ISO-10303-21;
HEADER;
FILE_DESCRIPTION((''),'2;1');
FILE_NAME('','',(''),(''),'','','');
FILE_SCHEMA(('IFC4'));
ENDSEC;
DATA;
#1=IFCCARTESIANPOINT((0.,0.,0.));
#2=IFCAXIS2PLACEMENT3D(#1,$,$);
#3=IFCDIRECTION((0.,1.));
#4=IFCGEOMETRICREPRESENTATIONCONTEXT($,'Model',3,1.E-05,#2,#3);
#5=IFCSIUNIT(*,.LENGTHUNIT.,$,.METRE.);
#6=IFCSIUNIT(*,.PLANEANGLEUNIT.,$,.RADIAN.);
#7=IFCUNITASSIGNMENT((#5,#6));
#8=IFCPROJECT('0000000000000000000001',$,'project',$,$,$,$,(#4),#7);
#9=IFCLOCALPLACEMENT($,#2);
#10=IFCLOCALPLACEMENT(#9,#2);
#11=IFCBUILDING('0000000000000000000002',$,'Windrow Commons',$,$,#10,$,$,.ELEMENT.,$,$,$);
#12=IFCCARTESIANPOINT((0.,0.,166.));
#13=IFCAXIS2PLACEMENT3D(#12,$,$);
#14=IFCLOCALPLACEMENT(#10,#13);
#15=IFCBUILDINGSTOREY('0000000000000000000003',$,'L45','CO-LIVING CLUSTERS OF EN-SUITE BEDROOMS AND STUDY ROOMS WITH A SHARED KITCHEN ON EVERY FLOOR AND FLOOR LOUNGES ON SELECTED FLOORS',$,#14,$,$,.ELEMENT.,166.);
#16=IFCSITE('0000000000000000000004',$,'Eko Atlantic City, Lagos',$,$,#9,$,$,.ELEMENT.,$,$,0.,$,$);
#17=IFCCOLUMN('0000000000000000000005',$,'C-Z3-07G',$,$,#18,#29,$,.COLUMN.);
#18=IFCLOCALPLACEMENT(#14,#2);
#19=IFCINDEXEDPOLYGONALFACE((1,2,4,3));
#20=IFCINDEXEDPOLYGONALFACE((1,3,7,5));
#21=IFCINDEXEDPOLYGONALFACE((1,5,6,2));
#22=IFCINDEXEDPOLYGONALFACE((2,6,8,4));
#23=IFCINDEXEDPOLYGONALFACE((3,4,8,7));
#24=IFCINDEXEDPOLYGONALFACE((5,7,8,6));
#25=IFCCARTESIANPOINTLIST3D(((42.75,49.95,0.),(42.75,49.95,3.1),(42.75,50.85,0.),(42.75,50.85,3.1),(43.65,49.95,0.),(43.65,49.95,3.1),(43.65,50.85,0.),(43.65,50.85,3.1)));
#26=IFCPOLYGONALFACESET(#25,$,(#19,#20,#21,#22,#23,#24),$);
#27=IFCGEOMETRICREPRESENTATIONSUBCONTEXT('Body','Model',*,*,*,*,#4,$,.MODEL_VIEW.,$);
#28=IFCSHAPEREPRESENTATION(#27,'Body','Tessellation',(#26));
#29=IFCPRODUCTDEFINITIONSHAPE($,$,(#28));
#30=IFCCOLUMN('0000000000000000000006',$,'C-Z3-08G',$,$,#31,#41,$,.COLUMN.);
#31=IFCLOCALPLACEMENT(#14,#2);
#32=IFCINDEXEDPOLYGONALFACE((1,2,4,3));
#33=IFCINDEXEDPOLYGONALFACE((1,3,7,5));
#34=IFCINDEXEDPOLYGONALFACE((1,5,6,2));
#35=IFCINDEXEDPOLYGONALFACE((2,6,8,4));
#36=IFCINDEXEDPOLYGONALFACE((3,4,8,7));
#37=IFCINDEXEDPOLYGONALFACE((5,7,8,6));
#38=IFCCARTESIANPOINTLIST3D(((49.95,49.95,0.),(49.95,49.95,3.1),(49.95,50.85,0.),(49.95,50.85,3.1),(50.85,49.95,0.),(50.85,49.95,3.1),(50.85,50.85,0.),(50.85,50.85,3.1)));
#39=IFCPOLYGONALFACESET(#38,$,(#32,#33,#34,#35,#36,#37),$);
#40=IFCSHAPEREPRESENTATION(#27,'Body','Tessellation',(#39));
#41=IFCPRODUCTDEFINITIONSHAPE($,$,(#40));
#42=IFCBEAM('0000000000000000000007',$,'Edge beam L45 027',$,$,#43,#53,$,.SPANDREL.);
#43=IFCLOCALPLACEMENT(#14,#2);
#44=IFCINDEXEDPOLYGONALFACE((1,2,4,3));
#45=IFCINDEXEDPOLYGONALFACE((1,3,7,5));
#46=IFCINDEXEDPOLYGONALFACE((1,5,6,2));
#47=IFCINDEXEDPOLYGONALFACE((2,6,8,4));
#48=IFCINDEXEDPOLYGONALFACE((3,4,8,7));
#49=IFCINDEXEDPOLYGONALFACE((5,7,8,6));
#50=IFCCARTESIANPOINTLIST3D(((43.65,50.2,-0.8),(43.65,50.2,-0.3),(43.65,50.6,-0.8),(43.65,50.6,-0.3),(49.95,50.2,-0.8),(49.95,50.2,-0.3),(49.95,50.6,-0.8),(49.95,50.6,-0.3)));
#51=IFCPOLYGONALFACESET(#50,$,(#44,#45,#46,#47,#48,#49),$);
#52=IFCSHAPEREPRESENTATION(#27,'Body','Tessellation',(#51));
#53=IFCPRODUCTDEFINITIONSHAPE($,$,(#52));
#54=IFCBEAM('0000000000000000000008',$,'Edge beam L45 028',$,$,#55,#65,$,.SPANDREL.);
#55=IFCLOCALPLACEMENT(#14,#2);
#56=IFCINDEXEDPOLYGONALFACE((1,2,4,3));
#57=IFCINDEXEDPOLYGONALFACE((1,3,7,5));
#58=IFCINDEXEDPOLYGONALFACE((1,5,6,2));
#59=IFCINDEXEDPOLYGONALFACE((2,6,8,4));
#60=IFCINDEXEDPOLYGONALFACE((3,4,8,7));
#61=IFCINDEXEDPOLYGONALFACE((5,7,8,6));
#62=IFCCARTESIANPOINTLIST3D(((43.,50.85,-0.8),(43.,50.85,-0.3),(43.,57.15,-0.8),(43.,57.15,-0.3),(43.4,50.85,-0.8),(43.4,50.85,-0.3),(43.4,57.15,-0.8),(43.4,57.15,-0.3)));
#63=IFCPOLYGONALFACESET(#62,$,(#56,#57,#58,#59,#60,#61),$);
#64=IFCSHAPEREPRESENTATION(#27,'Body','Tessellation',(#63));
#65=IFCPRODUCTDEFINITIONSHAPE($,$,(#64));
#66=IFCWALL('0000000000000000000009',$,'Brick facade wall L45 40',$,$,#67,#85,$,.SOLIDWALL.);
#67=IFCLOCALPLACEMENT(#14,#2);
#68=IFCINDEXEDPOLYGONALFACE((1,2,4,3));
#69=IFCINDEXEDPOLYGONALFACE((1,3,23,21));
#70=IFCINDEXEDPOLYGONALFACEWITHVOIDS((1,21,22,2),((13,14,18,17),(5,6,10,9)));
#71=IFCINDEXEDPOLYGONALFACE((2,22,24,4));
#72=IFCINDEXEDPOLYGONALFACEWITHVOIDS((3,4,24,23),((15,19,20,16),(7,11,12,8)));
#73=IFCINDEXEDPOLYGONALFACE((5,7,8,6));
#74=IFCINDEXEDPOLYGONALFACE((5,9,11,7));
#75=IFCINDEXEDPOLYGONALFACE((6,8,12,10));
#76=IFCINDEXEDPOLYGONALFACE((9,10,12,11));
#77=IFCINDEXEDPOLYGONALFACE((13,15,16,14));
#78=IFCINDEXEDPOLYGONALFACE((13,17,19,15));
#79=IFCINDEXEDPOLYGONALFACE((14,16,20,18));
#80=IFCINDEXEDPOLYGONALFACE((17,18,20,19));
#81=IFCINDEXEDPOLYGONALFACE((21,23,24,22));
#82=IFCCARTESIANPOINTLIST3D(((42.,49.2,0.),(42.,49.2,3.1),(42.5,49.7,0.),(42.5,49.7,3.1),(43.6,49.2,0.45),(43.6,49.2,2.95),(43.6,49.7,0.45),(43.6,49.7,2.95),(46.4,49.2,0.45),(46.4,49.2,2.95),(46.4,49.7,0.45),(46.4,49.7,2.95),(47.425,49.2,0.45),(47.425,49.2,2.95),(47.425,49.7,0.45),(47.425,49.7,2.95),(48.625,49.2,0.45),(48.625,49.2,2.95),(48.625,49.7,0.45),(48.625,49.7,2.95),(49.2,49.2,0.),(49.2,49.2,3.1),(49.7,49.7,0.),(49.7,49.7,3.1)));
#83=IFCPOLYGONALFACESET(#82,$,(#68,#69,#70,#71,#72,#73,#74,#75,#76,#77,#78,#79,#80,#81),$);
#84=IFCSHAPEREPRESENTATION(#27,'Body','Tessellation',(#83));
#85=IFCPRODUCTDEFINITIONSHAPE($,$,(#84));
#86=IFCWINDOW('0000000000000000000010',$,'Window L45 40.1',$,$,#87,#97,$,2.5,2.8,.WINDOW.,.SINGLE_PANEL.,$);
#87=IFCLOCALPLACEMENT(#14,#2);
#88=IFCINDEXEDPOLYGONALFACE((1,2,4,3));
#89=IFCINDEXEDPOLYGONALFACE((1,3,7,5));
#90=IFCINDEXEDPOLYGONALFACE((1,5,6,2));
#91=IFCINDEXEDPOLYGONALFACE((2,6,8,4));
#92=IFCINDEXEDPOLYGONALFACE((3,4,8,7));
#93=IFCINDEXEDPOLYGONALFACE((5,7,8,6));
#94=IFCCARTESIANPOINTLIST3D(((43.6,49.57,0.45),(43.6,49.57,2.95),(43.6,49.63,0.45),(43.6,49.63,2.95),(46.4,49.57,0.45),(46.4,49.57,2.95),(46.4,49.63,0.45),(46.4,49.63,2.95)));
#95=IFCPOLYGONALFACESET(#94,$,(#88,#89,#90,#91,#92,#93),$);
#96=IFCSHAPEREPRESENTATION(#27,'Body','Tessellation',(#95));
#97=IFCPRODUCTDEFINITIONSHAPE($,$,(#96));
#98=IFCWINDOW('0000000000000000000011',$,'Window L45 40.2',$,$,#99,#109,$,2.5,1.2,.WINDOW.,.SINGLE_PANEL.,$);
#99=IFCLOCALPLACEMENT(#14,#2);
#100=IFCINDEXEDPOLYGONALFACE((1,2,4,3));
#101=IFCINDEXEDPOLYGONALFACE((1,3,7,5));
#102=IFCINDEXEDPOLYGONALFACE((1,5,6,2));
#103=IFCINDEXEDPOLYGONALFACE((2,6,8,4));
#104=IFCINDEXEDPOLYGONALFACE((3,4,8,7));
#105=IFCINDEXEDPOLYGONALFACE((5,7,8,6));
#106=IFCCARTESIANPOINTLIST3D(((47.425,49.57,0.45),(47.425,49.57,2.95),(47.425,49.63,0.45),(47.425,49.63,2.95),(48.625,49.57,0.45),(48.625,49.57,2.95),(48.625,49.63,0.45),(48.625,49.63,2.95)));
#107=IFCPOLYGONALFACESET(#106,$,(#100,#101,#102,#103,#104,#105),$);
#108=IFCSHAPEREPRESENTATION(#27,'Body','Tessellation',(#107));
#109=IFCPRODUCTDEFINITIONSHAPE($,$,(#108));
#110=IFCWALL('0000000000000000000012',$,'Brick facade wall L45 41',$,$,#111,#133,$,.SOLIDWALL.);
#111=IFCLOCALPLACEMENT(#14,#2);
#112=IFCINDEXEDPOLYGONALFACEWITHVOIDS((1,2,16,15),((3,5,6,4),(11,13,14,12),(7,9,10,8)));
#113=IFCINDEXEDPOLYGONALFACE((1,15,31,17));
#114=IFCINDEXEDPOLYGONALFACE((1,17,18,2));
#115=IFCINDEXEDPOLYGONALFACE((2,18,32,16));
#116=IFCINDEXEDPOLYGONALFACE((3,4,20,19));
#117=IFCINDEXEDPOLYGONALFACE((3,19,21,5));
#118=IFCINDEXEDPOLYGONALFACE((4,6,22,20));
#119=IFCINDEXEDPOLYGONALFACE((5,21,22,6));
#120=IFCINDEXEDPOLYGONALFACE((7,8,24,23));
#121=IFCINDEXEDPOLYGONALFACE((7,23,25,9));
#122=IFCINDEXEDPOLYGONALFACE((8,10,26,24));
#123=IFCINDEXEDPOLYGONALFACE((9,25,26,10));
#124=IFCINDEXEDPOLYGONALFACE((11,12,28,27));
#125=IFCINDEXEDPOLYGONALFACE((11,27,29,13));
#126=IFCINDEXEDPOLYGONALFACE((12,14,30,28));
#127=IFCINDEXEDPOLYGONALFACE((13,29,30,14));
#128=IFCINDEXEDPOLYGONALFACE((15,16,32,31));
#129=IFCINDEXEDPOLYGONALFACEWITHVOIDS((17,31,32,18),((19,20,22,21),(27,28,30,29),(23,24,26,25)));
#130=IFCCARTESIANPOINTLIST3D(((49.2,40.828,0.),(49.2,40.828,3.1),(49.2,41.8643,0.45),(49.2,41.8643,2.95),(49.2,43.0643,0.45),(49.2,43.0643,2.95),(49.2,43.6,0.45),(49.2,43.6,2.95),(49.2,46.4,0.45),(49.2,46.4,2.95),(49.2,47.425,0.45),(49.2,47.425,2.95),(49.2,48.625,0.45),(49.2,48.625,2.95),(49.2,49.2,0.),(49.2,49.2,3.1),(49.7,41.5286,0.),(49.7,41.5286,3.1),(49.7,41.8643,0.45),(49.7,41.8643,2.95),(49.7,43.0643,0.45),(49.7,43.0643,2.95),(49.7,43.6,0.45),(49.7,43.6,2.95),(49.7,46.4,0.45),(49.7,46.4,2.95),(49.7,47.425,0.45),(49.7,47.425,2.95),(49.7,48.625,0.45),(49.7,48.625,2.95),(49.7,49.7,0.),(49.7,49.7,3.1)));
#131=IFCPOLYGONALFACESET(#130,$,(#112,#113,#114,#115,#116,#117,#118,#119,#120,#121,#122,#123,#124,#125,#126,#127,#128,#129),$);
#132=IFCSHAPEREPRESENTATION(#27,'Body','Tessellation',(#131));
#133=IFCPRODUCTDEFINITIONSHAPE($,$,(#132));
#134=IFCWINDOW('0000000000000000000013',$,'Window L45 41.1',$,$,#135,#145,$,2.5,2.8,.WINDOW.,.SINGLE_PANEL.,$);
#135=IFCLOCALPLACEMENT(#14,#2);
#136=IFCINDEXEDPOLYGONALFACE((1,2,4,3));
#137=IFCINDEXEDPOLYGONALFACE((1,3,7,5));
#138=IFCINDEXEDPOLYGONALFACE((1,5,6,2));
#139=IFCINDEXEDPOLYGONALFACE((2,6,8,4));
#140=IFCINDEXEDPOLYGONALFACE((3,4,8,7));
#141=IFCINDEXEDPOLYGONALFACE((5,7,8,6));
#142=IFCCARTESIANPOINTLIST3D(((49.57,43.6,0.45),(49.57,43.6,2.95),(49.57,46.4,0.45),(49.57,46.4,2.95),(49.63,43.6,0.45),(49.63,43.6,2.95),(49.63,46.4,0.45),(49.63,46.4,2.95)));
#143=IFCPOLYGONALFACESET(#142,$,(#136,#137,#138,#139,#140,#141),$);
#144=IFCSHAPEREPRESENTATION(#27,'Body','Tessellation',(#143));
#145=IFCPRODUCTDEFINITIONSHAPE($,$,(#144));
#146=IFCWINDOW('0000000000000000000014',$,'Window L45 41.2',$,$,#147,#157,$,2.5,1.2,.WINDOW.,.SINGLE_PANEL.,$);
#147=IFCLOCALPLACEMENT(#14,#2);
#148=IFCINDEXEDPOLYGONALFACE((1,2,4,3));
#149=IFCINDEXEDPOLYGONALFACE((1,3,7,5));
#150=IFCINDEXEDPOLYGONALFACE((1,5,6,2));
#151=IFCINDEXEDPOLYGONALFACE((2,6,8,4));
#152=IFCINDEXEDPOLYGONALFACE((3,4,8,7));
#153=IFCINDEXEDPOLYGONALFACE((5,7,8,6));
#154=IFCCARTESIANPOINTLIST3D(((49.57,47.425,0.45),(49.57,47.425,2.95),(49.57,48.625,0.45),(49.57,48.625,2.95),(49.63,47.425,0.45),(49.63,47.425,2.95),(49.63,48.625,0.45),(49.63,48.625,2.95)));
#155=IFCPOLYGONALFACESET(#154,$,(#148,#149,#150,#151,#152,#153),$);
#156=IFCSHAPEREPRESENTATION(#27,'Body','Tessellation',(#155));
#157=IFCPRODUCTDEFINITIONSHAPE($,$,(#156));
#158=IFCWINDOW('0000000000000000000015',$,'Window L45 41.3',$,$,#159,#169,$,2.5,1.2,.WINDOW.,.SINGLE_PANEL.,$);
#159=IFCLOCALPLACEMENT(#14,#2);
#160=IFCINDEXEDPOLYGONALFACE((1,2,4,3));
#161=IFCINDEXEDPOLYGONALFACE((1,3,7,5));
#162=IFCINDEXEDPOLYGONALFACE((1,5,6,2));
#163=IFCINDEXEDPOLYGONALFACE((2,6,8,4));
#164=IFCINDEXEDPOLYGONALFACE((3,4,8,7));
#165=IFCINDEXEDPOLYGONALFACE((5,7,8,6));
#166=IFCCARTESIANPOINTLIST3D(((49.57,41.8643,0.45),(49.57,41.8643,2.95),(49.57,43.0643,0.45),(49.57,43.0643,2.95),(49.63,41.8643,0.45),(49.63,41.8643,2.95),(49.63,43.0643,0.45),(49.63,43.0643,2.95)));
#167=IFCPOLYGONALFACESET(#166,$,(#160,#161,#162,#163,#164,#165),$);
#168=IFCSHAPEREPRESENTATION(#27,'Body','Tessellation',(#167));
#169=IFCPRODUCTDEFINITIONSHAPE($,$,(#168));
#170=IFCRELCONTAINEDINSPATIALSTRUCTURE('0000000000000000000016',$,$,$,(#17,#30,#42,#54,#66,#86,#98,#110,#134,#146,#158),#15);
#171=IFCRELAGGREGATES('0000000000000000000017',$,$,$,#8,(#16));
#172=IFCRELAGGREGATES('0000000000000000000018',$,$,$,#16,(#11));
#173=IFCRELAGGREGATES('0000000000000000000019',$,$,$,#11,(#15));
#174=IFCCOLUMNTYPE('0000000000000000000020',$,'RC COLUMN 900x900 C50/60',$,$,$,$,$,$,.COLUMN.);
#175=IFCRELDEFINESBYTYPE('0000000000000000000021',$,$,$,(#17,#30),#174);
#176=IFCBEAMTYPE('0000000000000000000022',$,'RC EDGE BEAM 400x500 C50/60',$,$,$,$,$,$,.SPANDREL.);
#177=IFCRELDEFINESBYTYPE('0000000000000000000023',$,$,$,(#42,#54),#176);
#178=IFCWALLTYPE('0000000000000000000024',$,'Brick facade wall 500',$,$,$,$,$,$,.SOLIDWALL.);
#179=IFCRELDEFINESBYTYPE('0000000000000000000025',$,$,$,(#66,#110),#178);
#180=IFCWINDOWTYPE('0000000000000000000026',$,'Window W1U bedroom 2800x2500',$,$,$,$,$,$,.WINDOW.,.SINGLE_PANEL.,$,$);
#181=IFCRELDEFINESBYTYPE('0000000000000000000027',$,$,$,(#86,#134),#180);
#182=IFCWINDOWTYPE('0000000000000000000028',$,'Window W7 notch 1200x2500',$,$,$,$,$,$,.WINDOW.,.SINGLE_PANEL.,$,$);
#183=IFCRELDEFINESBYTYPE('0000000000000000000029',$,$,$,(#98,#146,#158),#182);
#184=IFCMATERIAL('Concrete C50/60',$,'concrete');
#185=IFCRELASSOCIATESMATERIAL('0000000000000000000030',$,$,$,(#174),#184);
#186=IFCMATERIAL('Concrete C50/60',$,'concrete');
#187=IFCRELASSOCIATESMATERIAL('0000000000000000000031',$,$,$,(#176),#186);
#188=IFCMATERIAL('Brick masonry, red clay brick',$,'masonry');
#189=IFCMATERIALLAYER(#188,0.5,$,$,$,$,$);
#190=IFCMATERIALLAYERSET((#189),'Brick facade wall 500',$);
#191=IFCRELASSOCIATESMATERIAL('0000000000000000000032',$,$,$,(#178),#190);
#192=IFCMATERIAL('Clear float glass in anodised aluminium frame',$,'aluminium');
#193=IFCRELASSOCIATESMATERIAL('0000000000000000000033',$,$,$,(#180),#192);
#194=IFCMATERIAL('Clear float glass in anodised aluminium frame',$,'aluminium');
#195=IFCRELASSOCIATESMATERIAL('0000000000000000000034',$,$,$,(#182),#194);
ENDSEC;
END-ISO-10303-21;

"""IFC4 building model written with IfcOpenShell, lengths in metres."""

from ifc_helpers import new_model, si_unit, direction, frame, frame_2d, origin, origin_2d, place, context, subcontext, project, spatial, polyline, rectangle, outline, extrude, material, layer, layer_set, material_profile, profile_set, type_object, element, fill, save


model = new_model("IFC4")

# Units and contexts
model_context = context("Model", 3, precision=1e-05, world=origin(), true_north=direction((0.0, 1.0)))
body_context = subcontext(model_context, "Body", "Model", "MODEL_VIEW")
ifc_project = project(units=[si_unit("LENGTHUNIT", "METRE"), si_unit("PLANEANGLEUNIT", "RADIAN")], contexts=[model_context])

# Site, building, storey
site_placement = place(None, origin())
site = spatial("IfcSite", under=ifc_project, at=site_placement, Name="Eko Atlantic City, Lagos", CompositionType="ELEMENT", RefElevation=0.0)
building_placement = place(site_placement, origin())
building = spatial("IfcBuilding", under=site, at=building_placement, Name="Windrow Commons", CompositionType="ELEMENT")
storey_placement = place(building_placement, frame((0.0, 0.0, 166.0)))
storey = spatial("IfcBuildingStorey", under=building, at=storey_placement, Name="L45", Description="CO-LIVING CLUSTERS OF EN-SUITE BEDROOMS AND STUDY ROOMS WITH A SHARED KITCHEN ON EVERY FLOOR AND FLOOR LOUNGES ON SELECTED FLOORS", CompositionType="ELEMENT", Elevation=166.0)

# Columns
ifc_material_1 = material(Name="Concrete C50/60", Category="concrete")
ifc_material_profile_1 = material_profile(ifc_material_1, rectangle(XDim=0.9, YDim=0.9, at=origin_2d()))
ifc_profile_set_1 = profile_set([ifc_material_profile_1], Name="Concrete C50/60")
column_type = type_object("IfcColumnType", Name="RC COLUMN 900x900 C50/60", PredefinedType="COLUMN", material=ifc_profile_set_1)
for number, where, z_axis, x_axis, name in (
    (1, (43.2, 50.4, 0.0), (0.0, 0.0, 1.0), (1.0, 0.0, 0.0), "C-Z3-07G"),
    (2, (50.4, 50.4, 0.0), (0.0, 0.0, 1.0), (1.0, 0.0, 0.0), "C-Z3-08G"),
):
    element("IfcColumn", number, at=place(storey_placement, frame(where, z_axis=z_axis, x_axis=x_axis)), inside=storey, type_object=column_type, Name=name, PredefinedType="COLUMN", context=body_context, shape_type="SweptSolid", body=[
        extrude(rectangle(XDim=0.9, YDim=0.9, at=origin_2d()), origin(), (0.0, 0.0, 1.0), 3.1),
    ])

# Beams
ifc_material_2 = material(Name="Concrete C50/60", Category="concrete")
ifc_material_profile_2 = material_profile(ifc_material_2, rectangle(XDim=0.4, YDim=0.5, at=origin_2d()))
ifc_profile_set_2 = profile_set([ifc_material_profile_2], Name="Concrete C50/60")
beam_type = type_object("IfcBeamType", Name="RC EDGE BEAM 400x500 C50/60", PredefinedType="SPANDREL", material=ifc_profile_set_2)
for number, where, z_axis, x_axis, name in (
    (3, (49.95, 50.4, -0.55), (-1.0, 0.0, 0.0), (0.0, -1.0, 0.0), "Edge beam L45 027"),
    (4, (43.2, 50.85, -0.55), (0.0, 1.0, 0.0), (-1.0, 0.0, 0.0), "Edge beam L45 028"),
):
    element("IfcBeam", number, at=place(storey_placement, frame(where, z_axis=z_axis, x_axis=x_axis)), inside=storey, type_object=beam_type, Name=name, PredefinedType="SPANDREL", context=body_context, shape_type="SweptSolid", body=[
        extrude(rectangle(XDim=0.4, YDim=0.5, at=origin_2d()), origin(), (0.0, 0.0, 1.0), 6.3),
    ])

# Walls, openings, windows
ifc_material_3 = material(Name="Brick masonry, red clay brick", Category="masonry")
ifc_layer_1 = layer(ifc_material_3, 0.5)
ifc_layer_set_1 = layer_set([ifc_layer_1], Name="Brick facade wall 500")
wall_type_1 = type_object("IfcWallType", Name="Brick facade wall 500", PredefinedType="SOLIDWALL", material=ifc_layer_set_1)
wall_1_placement = place(storey_placement, frame((42.25, 49.45, 0.0), z_axis=(0.0, 0.0, 1.0), x_axis=(1.0, 0.0, 0.0)))
wall_1 = element("IfcWall", 5, at=wall_1_placement, inside=storey, type_object=wall_type_1, Name="Brick facade wall L45 40", PredefinedType="SOLIDWALL", context=body_context, shape_type="SweptSolid", body=[
    extrude(outline(polyline([(-0.25, -0.25), (6.95, -0.25), (7.45, 0.25), (0.25, 0.25), (-0.25, -0.25)])), origin(), (0.0, 0.0, 1.0), 3.1),
])
opening_1_placement = place(wall_1_placement, frame((1.35, 0.0, 0.45)))
opening_1 = element("IfcOpeningElement", 6, at=opening_1_placement, cuts=wall_1, PredefinedType="OPENING", context=body_context, shape_type="SweptSolid", body=[
    extrude(rectangle(XDim=2.8, YDim=2.5, at=frame_2d((1.4, 1.25))), frame((0.0, 0.26, 0.0), z_axis=(0.0, -1.0, 0.0), x_axis=(1.0, 0.0, 0.0)), (0.0, 0.0, 1.0), 0.52),
])
opening_2_placement = place(wall_1_placement, frame((5.175, 0.0, 0.45)))
opening_2 = element("IfcOpeningElement", 7, at=opening_2_placement, cuts=wall_1, PredefinedType="OPENING", context=body_context, shape_type="SweptSolid", body=[
    extrude(rectangle(XDim=1.2, YDim=2.5, at=frame_2d((0.6, 1.25))), frame((0.0, 0.26, 0.0), z_axis=(0.0, -1.0, 0.0), x_axis=(1.0, 0.0, 0.0)), (0.0, 0.0, 1.0), 0.52),
])
ifc_material_4 = material(Name="Clear float glass in anodised aluminium frame", Category="aluminium")
window_type_1 = type_object("IfcWindowType", Name="Window W1U bedroom 2800x2500", PartitioningType="SINGLE_PANEL", PredefinedType="WINDOW", material=ifc_material_4)
window_1_placement = place(opening_1_placement, origin())
window_1 = element("IfcWindow", 8, at=window_1_placement, inside=storey, type_object=window_type_1, Name="Window L45 40.1", OverallHeight=2.5, OverallWidth=2.8, PartitioningType="SINGLE_PANEL", PredefinedType="WINDOW", context=body_context, shape_type="SweptSolid", body=[
    extrude(rectangle(XDim=2.8, YDim=2.5, at=frame_2d((1.4, 1.25))), frame((0.0, 0.18, 0.0), z_axis=(0.0, -1.0, 0.0), x_axis=(1.0, 0.0, 0.0)), (0.0, 0.0, 1.0), 0.06),
])
fill(opening_1, window_1)
ifc_material_5 = material(Name="Clear float glass in anodised aluminium frame", Category="aluminium")
window_type_2 = type_object("IfcWindowType", Name="Window W7 notch 1200x2500", PartitioningType="SINGLE_PANEL", PredefinedType="WINDOW", material=ifc_material_5)
window_2_placement = place(opening_2_placement, origin())
window_2 = element("IfcWindow", 9, at=window_2_placement, inside=storey, type_object=window_type_2, Name="Window L45 40.2", OverallHeight=2.5, OverallWidth=1.2, PartitioningType="SINGLE_PANEL", PredefinedType="WINDOW", context=body_context, shape_type="SweptSolid", body=[
    extrude(rectangle(XDim=1.2, YDim=2.5, at=frame_2d((0.6, 1.25))), frame((0.0, 0.18, 0.0), z_axis=(0.0, -1.0, 0.0), x_axis=(1.0, 0.0, 0.0)), (0.0, 0.0, 1.0), 0.06),
])
fill(opening_2, window_2)
wall_2_placement = place(storey_placement, frame((49.45, 49.45, 0.0), z_axis=(0.0, 0.0, 1.0), x_axis=(0.0, -1.0, 0.0)))
wall_2 = element("IfcWall", 10, at=wall_2_placement, inside=storey, type_object=wall_type_1, Name="Brick facade wall L45 41", PredefinedType="SOLIDWALL", context=body_context, shape_type="SweptSolid", body=[
    extrude(outline(polyline([(0.25, -0.25), (8.622, -0.25), (7.9214, 0.25), (-0.25, 0.25), (0.25, -0.25)])), origin(), (0.0, 0.0, 1.0), 3.1),
])
opening_3_placement = place(wall_2_placement, frame((3.05, 0.0, 0.45)))
opening_3 = element("IfcOpeningElement", 11, at=opening_3_placement, cuts=wall_2, PredefinedType="OPENING", context=body_context, shape_type="SweptSolid", body=[
    extrude(rectangle(XDim=2.8, YDim=2.5, at=frame_2d((1.4, 1.25))), frame((0.0, 0.26, 0.0), z_axis=(0.0, -1.0, 0.0), x_axis=(1.0, 0.0, 0.0)), (0.0, 0.0, 1.0), 0.52),
])
opening_4_placement = place(wall_2_placement, frame((0.825, 0.0, 0.45)))
opening_4 = element("IfcOpeningElement", 12, at=opening_4_placement, cuts=wall_2, PredefinedType="OPENING", context=body_context, shape_type="SweptSolid", body=[
    extrude(rectangle(XDim=1.2, YDim=2.5, at=frame_2d((0.6, 1.25))), frame((0.0, 0.26, 0.0), z_axis=(0.0, -1.0, 0.0), x_axis=(1.0, 0.0, 0.0)), (0.0, 0.0, 1.0), 0.52),
])
opening_5_placement = place(wall_2_placement, frame((6.3857, 0.0, 0.45)))
opening_5 = element("IfcOpeningElement", 13, at=opening_5_placement, cuts=wall_2, PredefinedType="OPENING", context=body_context, shape_type="SweptSolid", body=[
    extrude(rectangle(XDim=1.2, YDim=2.5, at=frame_2d((0.6, 1.25))), frame((0.0, 0.26, 0.0), z_axis=(0.0, -1.0, 0.0), x_axis=(1.0, 0.0, 0.0)), (0.0, 0.0, 1.0), 0.52),
])
window_3_placement = place(opening_3_placement, origin())
window_3 = element("IfcWindow", 14, at=window_3_placement, inside=storey, type_object=window_type_1, Name="Window L45 41.1", OverallHeight=2.5, OverallWidth=2.8, PartitioningType="SINGLE_PANEL", PredefinedType="WINDOW", context=body_context, shape_type="SweptSolid", body=[
    extrude(rectangle(XDim=2.8, YDim=2.5, at=frame_2d((1.4, 1.25))), frame((0.0, 0.18, 0.0), z_axis=(0.0, -1.0, 0.0), x_axis=(1.0, 0.0, 0.0)), (0.0, 0.0, 1.0), 0.06),
])
fill(opening_3, window_3)
window_4_placement = place(opening_4_placement, origin())
window_4 = element("IfcWindow", 15, at=window_4_placement, inside=storey, type_object=window_type_2, Name="Window L45 41.2", OverallHeight=2.5, OverallWidth=1.2, PartitioningType="SINGLE_PANEL", PredefinedType="WINDOW", context=body_context, shape_type="SweptSolid", body=[
    extrude(rectangle(XDim=1.2, YDim=2.5, at=frame_2d((0.6, 1.25))), frame((0.0, 0.18, 0.0), z_axis=(0.0, -1.0, 0.0), x_axis=(1.0, 0.0, 0.0)), (0.0, 0.0, 1.0), 0.06),
])
fill(opening_4, window_4)
window_5_placement = place(opening_5_placement, origin())
window_5 = element("IfcWindow", 16, at=window_5_placement, inside=storey, type_object=window_type_2, Name="Window L45 41.3", OverallHeight=2.5, OverallWidth=1.2, PartitioningType="SINGLE_PANEL", PredefinedType="WINDOW", context=body_context, shape_type="SweptSolid", body=[
    extrude(rectangle(XDim=1.2, YDim=2.5, at=frame_2d((0.6, 1.25))), frame((0.0, 0.18, 0.0), z_axis=(0.0, -1.0, 0.0), x_axis=(1.0, 0.0, 0.0)), (0.0, 0.0, 1.0), 0.06),
])
fill(opening_5, window_5)

save(model, "model.ifc")
